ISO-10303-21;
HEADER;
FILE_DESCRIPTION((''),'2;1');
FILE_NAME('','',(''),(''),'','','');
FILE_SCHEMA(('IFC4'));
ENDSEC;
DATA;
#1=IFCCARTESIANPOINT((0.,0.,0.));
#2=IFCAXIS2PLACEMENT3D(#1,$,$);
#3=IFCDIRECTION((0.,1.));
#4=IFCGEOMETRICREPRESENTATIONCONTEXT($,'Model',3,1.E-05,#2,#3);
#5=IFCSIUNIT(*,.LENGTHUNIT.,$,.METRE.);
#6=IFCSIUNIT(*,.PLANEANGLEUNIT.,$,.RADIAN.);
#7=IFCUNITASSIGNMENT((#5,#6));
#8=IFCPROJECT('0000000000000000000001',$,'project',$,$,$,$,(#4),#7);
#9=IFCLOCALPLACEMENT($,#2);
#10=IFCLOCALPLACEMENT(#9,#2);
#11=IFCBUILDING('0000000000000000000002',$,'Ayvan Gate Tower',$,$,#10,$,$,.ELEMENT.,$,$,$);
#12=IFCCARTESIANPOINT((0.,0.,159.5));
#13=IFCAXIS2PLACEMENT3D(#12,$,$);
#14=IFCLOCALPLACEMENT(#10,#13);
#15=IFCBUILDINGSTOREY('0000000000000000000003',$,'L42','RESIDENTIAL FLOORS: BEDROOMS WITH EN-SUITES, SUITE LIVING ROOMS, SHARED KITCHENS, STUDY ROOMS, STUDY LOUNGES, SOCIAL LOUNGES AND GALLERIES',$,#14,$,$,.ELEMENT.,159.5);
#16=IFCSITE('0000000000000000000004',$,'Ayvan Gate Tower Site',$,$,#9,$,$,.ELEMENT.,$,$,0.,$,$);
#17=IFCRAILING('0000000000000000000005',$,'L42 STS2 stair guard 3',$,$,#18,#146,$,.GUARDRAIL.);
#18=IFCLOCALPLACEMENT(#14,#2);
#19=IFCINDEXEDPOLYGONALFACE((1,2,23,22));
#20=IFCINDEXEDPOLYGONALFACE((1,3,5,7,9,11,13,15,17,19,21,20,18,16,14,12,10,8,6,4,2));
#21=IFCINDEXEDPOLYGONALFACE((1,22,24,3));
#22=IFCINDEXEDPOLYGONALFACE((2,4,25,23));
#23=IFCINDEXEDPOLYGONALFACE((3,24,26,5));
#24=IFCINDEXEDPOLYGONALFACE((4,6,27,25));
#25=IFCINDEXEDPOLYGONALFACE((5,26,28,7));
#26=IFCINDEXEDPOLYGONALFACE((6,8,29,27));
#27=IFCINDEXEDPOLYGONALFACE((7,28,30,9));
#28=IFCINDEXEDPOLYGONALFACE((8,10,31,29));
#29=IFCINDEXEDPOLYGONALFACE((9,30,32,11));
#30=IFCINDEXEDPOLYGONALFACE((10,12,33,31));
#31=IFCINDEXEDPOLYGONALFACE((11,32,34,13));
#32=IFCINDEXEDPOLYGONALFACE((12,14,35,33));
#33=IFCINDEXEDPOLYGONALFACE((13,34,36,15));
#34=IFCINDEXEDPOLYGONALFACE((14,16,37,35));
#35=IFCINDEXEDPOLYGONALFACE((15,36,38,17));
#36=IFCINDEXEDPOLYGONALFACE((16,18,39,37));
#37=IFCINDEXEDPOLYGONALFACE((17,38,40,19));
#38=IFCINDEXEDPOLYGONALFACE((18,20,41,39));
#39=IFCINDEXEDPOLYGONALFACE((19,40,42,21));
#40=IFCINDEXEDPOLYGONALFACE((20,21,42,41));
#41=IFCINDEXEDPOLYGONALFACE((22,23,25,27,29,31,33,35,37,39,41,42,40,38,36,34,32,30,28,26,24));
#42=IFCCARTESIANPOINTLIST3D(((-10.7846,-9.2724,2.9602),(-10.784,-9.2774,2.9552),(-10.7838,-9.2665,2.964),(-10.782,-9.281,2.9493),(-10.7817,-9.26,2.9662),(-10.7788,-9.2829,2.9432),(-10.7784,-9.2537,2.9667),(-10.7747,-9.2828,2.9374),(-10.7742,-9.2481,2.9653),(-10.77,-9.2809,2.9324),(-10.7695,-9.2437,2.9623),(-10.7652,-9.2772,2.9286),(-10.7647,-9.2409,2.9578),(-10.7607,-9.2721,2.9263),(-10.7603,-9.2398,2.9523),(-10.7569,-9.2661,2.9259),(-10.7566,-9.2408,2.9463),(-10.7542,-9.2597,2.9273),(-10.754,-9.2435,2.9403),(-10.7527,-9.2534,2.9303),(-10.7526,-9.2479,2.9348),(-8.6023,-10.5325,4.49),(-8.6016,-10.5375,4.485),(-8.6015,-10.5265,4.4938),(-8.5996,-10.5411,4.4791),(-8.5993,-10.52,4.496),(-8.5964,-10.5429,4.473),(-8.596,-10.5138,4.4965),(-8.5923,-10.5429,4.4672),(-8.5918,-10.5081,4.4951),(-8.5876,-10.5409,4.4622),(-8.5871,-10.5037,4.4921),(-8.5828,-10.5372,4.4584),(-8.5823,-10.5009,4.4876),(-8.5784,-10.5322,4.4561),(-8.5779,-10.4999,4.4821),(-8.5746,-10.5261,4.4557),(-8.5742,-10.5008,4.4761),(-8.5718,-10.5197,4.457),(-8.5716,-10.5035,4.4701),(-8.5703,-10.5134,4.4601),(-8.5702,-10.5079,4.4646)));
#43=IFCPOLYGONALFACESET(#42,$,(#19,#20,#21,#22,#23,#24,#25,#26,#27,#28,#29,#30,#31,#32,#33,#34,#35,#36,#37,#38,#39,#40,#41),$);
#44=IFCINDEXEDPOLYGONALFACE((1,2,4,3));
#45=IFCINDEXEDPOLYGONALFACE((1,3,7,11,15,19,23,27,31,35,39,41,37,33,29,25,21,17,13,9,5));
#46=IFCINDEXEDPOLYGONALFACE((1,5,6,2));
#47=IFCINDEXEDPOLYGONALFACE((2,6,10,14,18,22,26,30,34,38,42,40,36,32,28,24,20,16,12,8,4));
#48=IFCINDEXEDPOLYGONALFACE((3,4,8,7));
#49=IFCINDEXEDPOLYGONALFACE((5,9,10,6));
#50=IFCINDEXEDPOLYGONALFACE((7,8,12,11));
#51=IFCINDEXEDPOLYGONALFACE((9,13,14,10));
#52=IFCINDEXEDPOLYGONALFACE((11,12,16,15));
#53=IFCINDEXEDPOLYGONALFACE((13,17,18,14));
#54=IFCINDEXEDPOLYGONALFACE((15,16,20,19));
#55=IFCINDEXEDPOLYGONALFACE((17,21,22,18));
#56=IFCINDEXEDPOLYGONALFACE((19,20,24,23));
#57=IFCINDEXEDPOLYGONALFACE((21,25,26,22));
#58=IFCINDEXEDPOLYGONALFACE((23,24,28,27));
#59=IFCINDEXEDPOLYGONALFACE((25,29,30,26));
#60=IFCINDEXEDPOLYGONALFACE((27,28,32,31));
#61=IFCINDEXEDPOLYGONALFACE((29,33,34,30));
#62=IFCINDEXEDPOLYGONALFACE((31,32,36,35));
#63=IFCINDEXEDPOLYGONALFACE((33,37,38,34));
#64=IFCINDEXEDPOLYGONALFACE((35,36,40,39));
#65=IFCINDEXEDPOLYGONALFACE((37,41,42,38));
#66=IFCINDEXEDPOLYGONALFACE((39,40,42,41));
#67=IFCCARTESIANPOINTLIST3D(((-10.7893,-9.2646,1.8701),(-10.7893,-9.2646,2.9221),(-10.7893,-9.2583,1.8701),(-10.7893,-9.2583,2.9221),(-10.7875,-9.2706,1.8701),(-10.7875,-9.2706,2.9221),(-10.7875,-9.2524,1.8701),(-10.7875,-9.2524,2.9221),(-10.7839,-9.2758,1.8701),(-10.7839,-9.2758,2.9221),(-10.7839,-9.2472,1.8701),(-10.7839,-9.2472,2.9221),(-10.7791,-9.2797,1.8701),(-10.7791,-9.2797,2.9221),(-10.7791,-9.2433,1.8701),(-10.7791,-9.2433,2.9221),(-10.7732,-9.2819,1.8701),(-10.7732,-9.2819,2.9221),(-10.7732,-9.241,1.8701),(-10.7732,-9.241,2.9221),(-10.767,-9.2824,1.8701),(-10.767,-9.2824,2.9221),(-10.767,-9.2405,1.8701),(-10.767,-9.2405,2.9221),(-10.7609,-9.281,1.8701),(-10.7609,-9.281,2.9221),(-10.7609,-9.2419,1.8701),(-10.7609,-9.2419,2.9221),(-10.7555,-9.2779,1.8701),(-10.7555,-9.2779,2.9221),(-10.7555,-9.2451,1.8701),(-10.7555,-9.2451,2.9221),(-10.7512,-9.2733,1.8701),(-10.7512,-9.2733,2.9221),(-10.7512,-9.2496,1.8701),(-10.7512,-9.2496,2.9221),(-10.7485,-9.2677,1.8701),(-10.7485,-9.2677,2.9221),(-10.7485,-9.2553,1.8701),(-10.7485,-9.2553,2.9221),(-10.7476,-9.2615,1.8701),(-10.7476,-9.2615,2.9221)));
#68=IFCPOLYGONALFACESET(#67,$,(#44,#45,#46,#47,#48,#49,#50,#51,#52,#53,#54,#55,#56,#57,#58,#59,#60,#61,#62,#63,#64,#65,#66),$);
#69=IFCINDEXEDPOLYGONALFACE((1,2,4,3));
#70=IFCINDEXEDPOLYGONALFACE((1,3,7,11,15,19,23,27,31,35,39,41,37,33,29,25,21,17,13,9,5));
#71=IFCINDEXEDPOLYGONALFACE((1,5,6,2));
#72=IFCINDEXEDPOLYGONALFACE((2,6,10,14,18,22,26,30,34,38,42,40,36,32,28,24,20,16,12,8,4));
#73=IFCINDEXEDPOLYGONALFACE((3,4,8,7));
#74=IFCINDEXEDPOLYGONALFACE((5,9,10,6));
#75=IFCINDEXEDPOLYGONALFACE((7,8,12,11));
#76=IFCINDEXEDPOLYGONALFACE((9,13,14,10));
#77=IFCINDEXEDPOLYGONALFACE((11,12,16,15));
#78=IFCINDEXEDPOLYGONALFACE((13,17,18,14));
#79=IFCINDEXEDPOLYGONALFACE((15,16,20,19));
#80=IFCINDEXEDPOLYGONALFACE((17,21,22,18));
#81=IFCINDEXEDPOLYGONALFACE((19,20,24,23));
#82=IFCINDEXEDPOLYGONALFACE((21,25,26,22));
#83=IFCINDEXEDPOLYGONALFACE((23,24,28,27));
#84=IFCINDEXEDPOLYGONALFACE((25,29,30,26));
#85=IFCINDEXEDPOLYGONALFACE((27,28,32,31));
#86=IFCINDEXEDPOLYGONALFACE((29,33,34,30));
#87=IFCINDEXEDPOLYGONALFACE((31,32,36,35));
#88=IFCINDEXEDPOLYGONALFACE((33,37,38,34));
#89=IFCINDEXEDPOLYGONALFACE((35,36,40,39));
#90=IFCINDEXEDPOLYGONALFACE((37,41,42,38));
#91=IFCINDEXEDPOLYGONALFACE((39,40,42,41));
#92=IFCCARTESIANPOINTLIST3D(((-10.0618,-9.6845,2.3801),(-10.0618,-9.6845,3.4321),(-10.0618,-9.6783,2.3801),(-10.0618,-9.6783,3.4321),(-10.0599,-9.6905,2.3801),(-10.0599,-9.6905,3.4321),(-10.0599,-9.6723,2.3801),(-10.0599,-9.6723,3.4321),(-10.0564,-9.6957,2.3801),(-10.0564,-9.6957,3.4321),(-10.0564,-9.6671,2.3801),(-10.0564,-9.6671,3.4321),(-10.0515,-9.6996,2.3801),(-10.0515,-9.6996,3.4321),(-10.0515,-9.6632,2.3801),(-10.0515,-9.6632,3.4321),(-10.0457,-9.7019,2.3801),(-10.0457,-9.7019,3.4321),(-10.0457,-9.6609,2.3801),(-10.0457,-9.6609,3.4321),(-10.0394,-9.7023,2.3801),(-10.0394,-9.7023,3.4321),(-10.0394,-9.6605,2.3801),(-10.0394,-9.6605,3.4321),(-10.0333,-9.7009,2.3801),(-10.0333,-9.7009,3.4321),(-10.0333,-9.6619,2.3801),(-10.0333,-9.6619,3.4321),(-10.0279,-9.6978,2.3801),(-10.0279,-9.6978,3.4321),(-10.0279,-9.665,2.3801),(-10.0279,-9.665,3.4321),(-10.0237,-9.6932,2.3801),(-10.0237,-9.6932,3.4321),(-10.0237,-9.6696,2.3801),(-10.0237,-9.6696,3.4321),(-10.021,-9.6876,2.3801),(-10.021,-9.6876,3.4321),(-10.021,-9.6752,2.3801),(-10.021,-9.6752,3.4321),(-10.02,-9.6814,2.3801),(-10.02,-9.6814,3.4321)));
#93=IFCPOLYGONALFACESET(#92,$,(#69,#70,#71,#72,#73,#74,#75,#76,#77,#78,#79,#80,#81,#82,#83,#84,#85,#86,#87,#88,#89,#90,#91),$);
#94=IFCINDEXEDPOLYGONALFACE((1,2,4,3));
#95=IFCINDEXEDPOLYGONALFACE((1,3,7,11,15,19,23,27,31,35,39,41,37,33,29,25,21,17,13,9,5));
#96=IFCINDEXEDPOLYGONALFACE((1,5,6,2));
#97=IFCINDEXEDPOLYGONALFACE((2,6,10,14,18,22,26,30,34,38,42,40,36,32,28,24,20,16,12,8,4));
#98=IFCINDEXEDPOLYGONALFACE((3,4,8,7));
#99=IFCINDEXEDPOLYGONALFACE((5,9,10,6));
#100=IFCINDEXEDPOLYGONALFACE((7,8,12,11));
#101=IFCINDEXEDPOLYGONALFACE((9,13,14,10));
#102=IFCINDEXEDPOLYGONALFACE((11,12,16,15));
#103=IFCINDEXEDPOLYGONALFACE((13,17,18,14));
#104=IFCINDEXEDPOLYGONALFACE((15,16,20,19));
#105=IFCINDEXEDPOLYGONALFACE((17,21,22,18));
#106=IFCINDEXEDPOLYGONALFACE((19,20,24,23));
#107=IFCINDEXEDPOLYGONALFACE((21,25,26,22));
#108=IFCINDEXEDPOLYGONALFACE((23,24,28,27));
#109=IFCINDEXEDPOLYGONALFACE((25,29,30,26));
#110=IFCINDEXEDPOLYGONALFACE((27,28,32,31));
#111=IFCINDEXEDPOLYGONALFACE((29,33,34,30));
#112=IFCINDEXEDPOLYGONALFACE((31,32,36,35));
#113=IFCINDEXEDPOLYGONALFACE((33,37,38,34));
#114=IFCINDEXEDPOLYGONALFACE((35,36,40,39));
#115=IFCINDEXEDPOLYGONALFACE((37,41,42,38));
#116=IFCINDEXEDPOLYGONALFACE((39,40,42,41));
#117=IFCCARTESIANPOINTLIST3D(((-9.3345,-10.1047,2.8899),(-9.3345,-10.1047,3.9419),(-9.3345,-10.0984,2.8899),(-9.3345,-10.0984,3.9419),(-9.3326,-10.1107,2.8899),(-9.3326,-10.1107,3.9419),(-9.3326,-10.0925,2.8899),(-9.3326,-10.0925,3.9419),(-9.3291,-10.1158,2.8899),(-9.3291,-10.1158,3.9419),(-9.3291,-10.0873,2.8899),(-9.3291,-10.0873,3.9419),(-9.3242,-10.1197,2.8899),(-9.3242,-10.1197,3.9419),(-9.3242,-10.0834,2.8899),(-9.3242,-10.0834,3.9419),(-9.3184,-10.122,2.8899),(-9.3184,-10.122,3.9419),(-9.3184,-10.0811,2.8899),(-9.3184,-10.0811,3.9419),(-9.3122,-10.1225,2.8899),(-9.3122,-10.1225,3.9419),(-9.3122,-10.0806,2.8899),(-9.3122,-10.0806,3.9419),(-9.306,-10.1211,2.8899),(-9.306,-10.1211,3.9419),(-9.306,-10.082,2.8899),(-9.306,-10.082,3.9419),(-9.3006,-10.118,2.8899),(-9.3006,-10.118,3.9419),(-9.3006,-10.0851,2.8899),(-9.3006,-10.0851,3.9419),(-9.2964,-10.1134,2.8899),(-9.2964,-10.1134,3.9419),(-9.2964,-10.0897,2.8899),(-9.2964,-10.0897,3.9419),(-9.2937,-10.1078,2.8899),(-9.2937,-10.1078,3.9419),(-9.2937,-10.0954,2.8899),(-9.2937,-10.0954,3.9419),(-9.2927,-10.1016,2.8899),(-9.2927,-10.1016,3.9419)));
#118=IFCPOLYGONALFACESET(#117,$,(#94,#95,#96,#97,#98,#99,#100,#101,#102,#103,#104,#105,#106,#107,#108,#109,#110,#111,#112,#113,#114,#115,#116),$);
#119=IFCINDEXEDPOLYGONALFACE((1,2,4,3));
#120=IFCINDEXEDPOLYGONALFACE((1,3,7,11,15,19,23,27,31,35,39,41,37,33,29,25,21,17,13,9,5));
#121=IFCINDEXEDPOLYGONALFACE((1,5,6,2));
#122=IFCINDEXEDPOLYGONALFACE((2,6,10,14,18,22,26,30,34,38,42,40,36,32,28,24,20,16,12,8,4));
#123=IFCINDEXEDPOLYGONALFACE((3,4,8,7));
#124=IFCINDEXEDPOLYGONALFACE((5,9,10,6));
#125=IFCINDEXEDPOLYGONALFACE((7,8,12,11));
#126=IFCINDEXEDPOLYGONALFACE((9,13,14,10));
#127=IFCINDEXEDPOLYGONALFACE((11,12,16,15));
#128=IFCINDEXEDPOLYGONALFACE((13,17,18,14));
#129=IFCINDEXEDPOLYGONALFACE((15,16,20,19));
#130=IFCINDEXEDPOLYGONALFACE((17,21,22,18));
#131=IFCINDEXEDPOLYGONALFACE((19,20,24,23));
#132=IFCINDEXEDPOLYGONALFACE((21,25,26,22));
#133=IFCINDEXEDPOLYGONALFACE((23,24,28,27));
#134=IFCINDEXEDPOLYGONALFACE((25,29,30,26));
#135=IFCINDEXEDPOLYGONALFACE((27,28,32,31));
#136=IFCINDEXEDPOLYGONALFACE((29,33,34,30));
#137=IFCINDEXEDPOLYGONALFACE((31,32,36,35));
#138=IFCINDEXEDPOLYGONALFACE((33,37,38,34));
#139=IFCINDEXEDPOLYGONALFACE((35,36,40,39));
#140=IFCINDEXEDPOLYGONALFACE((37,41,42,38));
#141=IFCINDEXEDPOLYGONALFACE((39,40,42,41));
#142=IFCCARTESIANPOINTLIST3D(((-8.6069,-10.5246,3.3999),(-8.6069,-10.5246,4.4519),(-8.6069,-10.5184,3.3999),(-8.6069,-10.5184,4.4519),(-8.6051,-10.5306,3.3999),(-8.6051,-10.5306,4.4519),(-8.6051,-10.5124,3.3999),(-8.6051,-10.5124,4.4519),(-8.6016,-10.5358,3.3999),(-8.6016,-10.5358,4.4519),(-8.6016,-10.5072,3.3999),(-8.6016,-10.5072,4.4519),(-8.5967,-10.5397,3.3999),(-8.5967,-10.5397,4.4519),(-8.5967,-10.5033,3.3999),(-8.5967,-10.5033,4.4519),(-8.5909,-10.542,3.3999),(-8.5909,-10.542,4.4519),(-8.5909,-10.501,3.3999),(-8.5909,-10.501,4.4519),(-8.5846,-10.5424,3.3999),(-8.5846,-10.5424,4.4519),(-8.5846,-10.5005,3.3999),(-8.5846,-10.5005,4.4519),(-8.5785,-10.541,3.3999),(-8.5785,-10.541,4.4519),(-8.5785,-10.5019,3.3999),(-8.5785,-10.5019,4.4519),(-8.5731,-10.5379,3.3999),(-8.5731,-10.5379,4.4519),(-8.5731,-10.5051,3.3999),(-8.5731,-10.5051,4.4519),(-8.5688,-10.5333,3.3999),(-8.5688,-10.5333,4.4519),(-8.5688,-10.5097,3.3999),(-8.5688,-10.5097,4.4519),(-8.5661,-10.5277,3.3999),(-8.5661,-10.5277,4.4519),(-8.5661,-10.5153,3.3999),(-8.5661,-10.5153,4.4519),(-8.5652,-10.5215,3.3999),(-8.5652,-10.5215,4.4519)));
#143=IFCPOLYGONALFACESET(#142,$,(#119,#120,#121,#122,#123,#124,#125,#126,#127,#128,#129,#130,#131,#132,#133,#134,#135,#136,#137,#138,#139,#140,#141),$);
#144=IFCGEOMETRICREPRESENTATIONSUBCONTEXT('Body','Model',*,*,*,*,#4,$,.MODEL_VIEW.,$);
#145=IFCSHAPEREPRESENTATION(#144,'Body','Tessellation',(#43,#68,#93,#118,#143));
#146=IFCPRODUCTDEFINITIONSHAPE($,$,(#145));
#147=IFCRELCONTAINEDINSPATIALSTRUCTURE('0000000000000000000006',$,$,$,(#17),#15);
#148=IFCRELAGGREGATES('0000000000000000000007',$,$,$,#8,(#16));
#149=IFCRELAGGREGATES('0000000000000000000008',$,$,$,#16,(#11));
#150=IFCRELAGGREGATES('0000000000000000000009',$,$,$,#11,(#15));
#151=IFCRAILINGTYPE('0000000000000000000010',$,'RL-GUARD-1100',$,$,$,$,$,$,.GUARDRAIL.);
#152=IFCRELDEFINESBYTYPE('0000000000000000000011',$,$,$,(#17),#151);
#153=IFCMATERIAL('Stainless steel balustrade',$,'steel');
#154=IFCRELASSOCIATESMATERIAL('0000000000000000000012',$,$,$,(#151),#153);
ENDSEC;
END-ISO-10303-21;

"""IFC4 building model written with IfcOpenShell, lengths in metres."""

from ifc_helpers import new_model, si_unit, direction, frame, origin, origin_2d, place, context, subcontext, project, spatial, circle, extrude, material, type_object, element, save


model = new_model("IFC4")

# Units and contexts
model_context = context("Model", 3, precision=1e-05, world=origin(), true_north=direction((0.0, 1.0)))
body_context = subcontext(model_context, "Body", "Model", "MODEL_VIEW")
ifc_project = project(units=[si_unit("LENGTHUNIT", "METRE"), si_unit("PLANEANGLEUNIT", "RADIAN")], contexts=[model_context])

# Site, building, storey
site_placement = place(None, origin())
site = spatial("IfcSite", under=ifc_project, at=site_placement, Name="Ayvan Gate Tower Site", CompositionType="ELEMENT", RefElevation=0.0)
building_placement = place(site_placement, origin())
building = spatial("IfcBuilding", under=site, at=building_placement, Name="Ayvan Gate Tower", CompositionType="ELEMENT")
storey_placement = place(building_placement, frame((0.0, 0.0, 159.5)))
storey = spatial("IfcBuildingStorey", under=building, at=storey_placement, Name="L42", Description="RESIDENTIAL FLOORS: BEDROOMS WITH EN-SUITES, SUITE LIVING ROOMS, SHARED KITCHENS, STUDY ROOMS, STUDY LOUNGES, SOCIAL LOUNGES AND GALLERIES", CompositionType="ELEMENT", Elevation=159.5)

# Railing
ifc_material_1 = material(Name="Stainless steel balustrade", Category="steel")
railing_type_1 = type_object("IfcRailingType", Name="RL-GUARD-1100", PredefinedType="GUARDRAIL", material=ifc_material_1)
railing_1_placement = place(storey_placement, frame((-10.7686, -9.2615, 1.8701)))
element("IfcRailing", 1, at=railing_1_placement, inside=storey, type_object=railing_type_1, Name="L42 STS2 stair guard 3", PredefinedType="GUARDRAIL", context=body_context, shape_type="SweptSolid", body=[
    extrude(circle(Radius=0.0239, at=origin_2d()), frame((0.0, 0.0, 1.0762), z_axis=(0.740293, -0.427414, 0.518926), x_axis=(0.500005, 0.866023, 0.0)), (0.0, 0.0, 1.0), 2.948),
    extrude(circle(Radius=0.021, at=origin_2d()), origin(), (0.0, 0.0, 1.0), 1.052),
    extrude(circle(Radius=0.021, at=origin_2d()), frame((0.7275, -0.4199, 0.51)), (0.0, 0.0, 1.0), 1.052),
    extrude(circle(Radius=0.021, at=origin_2d()), frame((1.4548, -0.8401, 1.0198)), (0.0, 0.0, 1.0), 1.052),
    extrude(circle(Radius=0.021, at=origin_2d()), frame((2.1824, -1.26, 1.5298)), (0.0, 0.0, 1.0), 1.052),
])

save(model, "model.ifc")
